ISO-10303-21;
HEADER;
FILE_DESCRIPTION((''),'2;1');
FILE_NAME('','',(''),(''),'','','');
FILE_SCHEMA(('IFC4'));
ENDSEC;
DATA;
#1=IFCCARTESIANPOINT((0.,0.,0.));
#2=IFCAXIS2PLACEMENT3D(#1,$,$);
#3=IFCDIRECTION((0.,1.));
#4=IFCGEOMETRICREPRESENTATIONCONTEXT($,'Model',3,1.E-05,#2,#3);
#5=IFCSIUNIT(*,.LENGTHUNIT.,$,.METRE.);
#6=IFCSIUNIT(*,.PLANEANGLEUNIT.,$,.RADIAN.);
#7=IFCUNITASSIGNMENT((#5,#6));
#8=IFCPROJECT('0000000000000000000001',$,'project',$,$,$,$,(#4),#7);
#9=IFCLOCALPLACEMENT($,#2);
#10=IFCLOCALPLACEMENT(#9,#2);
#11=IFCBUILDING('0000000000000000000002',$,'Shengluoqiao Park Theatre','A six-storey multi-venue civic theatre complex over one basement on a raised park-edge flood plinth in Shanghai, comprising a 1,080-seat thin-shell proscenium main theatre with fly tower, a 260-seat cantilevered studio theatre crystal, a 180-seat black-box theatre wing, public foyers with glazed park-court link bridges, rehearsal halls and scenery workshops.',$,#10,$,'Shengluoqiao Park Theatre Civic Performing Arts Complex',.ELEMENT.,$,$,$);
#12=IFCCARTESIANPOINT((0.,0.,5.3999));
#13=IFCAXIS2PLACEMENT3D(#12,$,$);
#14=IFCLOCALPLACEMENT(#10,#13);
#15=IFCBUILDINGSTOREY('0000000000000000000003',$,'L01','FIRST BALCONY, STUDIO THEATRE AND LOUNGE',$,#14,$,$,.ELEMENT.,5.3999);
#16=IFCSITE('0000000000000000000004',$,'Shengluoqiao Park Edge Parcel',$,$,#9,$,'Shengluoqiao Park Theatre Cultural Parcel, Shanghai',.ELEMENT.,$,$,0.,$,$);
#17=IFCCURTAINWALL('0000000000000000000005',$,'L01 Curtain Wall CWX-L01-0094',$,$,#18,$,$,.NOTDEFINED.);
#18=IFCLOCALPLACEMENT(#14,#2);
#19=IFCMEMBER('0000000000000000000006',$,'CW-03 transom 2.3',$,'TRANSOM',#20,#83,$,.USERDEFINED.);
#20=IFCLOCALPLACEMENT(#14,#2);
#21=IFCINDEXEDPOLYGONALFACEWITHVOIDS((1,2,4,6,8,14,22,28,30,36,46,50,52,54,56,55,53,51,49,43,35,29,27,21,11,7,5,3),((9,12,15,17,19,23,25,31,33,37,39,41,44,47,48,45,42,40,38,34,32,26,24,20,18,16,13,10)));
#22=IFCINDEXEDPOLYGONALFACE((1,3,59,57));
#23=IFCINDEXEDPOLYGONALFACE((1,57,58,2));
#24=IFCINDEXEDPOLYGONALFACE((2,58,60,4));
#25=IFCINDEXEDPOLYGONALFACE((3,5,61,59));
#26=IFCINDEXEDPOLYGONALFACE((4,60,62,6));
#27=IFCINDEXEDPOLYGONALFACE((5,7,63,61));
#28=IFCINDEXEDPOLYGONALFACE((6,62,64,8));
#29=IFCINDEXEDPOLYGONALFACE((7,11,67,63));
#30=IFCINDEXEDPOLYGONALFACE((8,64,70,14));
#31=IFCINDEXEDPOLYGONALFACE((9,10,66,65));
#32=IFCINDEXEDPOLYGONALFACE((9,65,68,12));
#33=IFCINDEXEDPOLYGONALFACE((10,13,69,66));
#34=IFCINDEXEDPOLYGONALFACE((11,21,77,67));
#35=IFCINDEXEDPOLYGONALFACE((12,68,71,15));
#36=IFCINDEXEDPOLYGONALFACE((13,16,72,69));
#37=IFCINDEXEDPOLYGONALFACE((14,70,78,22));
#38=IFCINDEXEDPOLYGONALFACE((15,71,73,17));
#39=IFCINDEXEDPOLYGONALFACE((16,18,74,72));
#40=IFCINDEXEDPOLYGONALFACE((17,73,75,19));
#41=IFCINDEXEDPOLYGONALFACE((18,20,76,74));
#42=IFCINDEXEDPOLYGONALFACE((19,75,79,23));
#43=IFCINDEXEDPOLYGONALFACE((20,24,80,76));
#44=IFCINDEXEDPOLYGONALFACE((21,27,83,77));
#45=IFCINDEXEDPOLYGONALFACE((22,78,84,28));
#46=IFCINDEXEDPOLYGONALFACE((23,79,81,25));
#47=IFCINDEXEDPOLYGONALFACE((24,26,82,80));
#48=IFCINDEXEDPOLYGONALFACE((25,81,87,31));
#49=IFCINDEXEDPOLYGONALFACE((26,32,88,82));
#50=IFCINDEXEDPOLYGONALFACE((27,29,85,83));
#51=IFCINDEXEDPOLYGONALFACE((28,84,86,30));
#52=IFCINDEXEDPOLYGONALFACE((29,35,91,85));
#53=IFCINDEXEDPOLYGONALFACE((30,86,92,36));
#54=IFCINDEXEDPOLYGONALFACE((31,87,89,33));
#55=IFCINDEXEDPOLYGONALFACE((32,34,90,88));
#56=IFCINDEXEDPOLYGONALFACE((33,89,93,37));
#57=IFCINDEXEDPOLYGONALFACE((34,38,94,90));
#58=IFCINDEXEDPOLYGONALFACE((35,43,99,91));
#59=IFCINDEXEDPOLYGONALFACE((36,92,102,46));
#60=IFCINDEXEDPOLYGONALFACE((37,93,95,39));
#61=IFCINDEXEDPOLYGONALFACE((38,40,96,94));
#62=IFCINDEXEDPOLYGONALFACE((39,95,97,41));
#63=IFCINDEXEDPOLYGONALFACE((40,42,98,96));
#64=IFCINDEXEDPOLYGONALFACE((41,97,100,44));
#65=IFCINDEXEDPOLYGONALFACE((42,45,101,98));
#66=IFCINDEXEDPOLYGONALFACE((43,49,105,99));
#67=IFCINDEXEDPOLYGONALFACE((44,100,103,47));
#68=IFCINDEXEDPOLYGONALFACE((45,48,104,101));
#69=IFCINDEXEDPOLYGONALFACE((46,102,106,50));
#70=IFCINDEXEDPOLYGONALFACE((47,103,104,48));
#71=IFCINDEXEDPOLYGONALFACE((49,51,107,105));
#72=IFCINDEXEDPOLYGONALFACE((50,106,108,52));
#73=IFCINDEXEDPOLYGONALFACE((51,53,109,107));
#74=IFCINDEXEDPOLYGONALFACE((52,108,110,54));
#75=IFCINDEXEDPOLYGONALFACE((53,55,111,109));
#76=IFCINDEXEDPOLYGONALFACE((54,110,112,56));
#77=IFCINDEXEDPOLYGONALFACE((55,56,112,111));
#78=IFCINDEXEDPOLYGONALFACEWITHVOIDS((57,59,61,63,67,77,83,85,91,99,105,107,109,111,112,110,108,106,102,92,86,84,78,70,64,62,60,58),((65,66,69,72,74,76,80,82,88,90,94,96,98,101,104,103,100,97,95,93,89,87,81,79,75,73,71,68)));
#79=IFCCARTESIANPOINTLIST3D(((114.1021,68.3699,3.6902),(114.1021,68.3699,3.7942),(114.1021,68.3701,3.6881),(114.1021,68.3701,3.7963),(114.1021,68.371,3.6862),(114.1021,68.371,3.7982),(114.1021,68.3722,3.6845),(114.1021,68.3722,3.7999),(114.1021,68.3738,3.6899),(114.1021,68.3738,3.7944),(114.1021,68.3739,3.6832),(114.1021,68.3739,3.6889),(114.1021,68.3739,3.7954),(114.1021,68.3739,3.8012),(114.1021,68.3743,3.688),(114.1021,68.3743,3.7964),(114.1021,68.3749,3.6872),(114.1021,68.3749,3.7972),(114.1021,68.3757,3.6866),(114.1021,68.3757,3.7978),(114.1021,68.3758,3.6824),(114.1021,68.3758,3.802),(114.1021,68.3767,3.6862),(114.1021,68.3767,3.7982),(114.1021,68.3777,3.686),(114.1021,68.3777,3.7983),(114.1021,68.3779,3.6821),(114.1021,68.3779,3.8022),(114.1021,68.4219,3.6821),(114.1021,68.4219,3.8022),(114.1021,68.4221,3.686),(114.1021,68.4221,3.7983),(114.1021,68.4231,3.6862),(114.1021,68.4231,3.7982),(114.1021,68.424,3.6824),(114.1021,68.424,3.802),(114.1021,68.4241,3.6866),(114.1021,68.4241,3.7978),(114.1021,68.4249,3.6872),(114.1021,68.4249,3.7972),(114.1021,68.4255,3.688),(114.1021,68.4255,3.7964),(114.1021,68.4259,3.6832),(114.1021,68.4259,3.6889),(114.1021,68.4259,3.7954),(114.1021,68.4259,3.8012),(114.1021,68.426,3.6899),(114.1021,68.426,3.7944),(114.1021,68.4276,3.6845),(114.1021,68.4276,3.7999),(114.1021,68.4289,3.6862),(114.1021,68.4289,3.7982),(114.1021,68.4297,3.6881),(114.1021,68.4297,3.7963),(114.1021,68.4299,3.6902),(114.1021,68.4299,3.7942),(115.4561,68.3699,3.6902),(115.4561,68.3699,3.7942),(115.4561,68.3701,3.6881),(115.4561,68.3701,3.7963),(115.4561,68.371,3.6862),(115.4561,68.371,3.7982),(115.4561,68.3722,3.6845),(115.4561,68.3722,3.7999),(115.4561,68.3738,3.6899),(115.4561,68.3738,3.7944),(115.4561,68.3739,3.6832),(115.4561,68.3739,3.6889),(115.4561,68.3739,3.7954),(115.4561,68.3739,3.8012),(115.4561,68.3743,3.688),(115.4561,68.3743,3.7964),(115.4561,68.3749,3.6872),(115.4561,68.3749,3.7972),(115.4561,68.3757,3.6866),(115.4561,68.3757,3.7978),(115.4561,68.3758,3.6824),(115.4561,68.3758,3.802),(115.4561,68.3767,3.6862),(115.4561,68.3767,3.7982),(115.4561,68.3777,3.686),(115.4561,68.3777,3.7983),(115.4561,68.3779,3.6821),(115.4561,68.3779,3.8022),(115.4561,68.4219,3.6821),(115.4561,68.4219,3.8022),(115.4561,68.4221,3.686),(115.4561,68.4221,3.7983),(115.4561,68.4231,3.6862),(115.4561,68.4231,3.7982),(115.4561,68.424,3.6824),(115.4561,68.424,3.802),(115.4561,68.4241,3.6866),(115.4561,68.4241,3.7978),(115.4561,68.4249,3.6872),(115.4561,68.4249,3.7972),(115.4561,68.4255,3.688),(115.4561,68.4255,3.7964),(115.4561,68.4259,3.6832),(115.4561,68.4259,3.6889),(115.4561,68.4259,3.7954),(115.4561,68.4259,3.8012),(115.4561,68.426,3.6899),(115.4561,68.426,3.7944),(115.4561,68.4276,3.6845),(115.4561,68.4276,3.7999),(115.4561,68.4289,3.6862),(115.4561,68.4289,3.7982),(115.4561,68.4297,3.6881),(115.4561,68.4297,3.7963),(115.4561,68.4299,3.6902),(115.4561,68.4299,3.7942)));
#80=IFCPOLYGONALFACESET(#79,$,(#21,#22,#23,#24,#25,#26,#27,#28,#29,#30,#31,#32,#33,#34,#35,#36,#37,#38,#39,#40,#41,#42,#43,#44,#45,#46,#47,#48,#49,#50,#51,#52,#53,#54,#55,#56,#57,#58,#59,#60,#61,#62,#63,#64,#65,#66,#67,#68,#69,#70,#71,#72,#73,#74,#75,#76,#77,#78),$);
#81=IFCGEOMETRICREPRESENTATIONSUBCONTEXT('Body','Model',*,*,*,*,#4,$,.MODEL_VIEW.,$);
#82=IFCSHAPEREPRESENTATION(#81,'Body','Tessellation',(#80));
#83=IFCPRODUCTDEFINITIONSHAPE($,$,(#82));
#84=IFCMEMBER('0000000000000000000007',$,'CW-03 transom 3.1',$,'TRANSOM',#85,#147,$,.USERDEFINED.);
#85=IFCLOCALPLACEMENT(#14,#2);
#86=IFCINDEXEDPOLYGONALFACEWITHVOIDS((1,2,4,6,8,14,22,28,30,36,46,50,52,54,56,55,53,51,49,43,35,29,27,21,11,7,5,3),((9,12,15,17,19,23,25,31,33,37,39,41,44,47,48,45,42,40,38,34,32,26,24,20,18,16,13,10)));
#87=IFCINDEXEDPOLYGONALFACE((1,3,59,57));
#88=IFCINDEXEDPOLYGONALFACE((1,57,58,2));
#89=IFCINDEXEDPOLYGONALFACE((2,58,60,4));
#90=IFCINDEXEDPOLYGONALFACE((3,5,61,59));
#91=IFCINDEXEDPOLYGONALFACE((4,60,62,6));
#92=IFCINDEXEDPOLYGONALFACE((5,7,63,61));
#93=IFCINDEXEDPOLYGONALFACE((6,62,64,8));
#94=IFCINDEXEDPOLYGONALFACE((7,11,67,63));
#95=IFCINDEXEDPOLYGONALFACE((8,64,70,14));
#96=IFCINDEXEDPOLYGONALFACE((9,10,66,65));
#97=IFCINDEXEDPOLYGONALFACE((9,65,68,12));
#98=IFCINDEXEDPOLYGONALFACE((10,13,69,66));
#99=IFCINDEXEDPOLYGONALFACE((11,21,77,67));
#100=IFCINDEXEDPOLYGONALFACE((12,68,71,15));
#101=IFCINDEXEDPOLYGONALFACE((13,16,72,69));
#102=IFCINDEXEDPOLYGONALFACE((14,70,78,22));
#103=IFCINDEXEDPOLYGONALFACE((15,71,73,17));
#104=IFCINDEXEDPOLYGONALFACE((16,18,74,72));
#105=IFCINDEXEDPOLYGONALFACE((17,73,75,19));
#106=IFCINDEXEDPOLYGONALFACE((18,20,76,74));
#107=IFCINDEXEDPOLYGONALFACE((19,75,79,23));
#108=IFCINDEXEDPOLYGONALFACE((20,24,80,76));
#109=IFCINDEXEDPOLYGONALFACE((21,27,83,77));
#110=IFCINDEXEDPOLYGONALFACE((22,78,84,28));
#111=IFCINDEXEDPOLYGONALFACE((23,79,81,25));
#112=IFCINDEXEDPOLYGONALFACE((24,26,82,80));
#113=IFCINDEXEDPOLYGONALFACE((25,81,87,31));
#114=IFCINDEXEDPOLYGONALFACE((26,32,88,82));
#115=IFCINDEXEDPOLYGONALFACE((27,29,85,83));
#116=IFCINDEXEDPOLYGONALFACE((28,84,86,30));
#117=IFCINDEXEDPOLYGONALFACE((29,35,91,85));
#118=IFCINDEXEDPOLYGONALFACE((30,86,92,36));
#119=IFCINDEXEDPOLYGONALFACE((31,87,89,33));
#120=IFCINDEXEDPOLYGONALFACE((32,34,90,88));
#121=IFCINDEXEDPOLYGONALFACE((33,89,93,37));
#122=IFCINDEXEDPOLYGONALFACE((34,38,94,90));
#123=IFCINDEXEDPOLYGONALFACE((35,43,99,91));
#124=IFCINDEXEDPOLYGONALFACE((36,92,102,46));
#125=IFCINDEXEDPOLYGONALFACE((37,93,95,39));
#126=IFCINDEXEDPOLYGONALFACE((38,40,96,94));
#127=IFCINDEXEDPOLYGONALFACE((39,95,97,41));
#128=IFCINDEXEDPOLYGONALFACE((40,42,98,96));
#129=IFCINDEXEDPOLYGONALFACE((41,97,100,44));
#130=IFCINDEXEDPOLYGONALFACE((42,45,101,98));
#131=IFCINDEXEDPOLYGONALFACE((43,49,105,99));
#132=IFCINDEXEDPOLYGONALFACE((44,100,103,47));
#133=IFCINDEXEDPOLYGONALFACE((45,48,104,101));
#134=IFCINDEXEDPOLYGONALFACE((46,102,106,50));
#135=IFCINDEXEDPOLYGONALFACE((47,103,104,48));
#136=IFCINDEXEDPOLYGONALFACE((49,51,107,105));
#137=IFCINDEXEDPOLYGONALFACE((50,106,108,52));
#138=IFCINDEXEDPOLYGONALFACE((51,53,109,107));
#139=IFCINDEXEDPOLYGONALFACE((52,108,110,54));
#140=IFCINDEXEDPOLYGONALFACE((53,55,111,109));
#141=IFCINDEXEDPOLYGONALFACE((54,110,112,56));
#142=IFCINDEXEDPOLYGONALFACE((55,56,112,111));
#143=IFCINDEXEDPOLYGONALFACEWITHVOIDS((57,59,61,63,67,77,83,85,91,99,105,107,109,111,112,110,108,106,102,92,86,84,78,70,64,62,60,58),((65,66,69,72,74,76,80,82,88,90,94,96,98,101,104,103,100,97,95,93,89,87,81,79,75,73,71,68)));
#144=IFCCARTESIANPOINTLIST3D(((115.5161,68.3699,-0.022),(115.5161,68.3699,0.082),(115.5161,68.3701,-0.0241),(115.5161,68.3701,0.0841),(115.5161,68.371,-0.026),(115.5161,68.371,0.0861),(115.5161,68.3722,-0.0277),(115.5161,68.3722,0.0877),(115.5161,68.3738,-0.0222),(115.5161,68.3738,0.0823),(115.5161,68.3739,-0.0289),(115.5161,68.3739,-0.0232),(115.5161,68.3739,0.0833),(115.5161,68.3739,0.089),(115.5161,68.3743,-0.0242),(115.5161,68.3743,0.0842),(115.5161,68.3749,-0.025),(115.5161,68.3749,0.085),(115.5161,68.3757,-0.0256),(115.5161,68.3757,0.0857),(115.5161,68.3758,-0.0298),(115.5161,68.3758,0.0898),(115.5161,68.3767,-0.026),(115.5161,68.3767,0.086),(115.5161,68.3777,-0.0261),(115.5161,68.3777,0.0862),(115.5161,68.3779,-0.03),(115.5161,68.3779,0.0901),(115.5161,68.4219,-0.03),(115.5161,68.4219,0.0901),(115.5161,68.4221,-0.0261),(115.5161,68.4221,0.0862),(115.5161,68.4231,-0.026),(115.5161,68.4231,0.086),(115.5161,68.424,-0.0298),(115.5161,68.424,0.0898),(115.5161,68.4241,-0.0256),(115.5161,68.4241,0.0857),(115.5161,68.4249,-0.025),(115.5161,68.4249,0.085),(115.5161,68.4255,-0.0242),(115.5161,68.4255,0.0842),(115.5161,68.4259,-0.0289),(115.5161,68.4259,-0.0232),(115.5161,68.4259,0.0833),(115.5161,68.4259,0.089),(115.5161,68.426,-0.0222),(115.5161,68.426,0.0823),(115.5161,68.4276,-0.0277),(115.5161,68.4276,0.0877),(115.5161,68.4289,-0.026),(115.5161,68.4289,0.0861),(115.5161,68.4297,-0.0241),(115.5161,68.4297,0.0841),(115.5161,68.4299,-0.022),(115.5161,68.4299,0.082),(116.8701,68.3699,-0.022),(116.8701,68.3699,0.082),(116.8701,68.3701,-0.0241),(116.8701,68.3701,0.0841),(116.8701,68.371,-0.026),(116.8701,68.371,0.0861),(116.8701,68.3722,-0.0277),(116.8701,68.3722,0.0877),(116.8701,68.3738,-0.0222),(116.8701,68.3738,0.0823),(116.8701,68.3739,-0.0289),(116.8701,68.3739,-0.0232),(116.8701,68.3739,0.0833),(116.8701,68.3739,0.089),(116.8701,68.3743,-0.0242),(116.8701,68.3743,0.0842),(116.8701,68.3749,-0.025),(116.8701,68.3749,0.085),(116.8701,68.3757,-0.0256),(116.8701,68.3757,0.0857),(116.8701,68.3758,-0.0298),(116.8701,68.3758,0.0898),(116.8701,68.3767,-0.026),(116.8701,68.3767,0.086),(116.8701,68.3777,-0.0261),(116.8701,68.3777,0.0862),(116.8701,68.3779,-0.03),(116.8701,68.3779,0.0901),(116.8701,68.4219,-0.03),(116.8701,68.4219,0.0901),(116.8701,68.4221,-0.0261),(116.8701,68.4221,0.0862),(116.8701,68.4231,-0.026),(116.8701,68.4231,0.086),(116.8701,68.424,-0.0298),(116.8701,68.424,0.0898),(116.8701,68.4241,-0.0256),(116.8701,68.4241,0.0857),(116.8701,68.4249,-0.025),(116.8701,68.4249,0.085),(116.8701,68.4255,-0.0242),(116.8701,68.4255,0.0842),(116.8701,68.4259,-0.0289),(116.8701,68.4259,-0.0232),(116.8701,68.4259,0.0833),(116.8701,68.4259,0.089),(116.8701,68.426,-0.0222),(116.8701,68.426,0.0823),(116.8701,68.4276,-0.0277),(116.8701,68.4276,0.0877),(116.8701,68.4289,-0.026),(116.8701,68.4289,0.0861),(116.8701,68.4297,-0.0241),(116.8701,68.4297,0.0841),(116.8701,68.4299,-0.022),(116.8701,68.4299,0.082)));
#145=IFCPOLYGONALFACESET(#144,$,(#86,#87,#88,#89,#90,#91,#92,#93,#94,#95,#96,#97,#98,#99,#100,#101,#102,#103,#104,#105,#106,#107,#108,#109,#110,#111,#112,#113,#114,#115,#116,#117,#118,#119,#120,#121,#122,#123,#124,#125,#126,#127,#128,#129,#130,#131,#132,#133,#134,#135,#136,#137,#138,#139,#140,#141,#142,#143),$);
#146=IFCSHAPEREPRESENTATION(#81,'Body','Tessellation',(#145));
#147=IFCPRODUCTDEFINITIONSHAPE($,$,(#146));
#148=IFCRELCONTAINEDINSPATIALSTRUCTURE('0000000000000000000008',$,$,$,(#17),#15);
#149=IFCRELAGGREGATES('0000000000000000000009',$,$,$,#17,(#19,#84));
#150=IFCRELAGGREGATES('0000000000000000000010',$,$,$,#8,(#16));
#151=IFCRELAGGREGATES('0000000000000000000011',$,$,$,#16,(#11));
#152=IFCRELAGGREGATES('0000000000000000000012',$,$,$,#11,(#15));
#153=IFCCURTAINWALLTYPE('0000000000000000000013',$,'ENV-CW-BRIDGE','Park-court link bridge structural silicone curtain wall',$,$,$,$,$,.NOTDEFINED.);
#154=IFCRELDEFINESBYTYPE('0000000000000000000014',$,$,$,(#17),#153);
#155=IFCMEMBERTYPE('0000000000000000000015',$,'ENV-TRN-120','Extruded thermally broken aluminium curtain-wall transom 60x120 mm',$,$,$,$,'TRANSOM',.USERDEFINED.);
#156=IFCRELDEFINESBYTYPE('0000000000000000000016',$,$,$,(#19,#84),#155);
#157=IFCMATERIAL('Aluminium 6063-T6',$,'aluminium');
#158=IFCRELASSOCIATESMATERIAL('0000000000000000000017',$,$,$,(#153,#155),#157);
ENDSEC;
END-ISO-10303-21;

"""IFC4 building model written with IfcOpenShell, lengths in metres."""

from ifc_helpers import new_model, si_unit, direction, frame, origin, origin_2d, place, context, subcontext, project, spatial, hollow_rectangle, extrude, material, material_profile, profile_set, type_object, element, aggregate, save


model = new_model("IFC4")

# Units and contexts
model_context = context("Model", 3, precision=1e-05, world=origin(), true_north=direction((0.0, 1.0)))
body_context = subcontext(model_context, "Body", "Model", "MODEL_VIEW")
ifc_project = project(units=[si_unit("LENGTHUNIT", "METRE"), si_unit("PLANEANGLEUNIT", "RADIAN")], contexts=[model_context])

# Site, building, storey
site_placement = place(None, origin())
site = spatial("IfcSite", under=ifc_project, at=site_placement, Name="Shengluoqiao Park Edge Parcel", LongName="Shengluoqiao Park Theatre Cultural Parcel, Shanghai", CompositionType="ELEMENT", RefElevation=0.0)
building_placement = place(site_placement, origin())
building = spatial("IfcBuilding", under=site, at=building_placement, Name="Shengluoqiao Park Theatre", Description="A six-storey multi-venue civic theatre complex over one basement on a raised park-edge flood plinth in Shanghai, comprising a 1,080-seat thin-shell proscenium main theatre with fly tower, a 260-seat cantilevered studio theatre crystal, a 180-seat black-box theatre wing, public foyers with glazed park-court link bridges, rehearsal halls and scenery workshops.", LongName="Shengluoqiao Park Theatre Civic Performing Arts Complex", CompositionType="ELEMENT")
storey_placement = place(building_placement, frame((0.0, 0.0, 5.3999)))
storey = spatial("IfcBuildingStorey", under=building, at=storey_placement, Name="L01", Description="FIRST BALCONY, STUDIO THEATRE AND LOUNGE", CompositionType="ELEMENT", Elevation=5.3999)

# Curtain wall, members
ifc_material_1 = material(Name="Aluminium 6063-T6", Category="aluminium")
curtain_wall_type = type_object("IfcCurtainWallType", Name="ENV-CW-BRIDGE", Description="Park-court link bridge structural silicone curtain wall", PredefinedType="NOTDEFINED", material=ifc_material_1)
curtain_wall_placement = place(storey_placement, origin())
curtain_wall = element("IfcCurtainWall", 1, at=curtain_wall_placement, inside=storey, type_object=curtain_wall_type, Name="L01 Curtain Wall CWX-L01-0094", PredefinedType="NOTDEFINED")
ifc_material_profile_1 = material_profile(ifc_material_1, hollow_rectangle(XDim=0.0601, YDim=0.1201, WallThickness=0.0039, InnerFilletRadius=0.0039, OuterFilletRadius=0.0081, at=origin_2d()), Name="ALU TRANSOM 120x60x4")
ifc_profile_set_1 = profile_set([ifc_material_profile_1], Name="Aluminium 6063-T6")
member_type_1 = type_object("IfcMemberType", Name="ENV-TRN-120", Description="Extruded thermally broken aluminium curtain-wall transom 60x120 mm", ElementType="TRANSOM", PredefinedType="USERDEFINED", material=ifc_profile_set_1)
member_1_placement = place(storey_placement, frame((114.1021, 68.3999, 3.7422), z_axis=(1.0, 0.0, 0.0), x_axis=(0.0, 1.0, 0.0)))
member_1 = element("IfcMember", 2, at=member_1_placement, type_object=member_type_1, Name="CW-03 transom 2.3", ObjectType="TRANSOM", PredefinedType="USERDEFINED", context=body_context, shape_type="SweptSolid", body=[
    extrude(hollow_rectangle(XDim=0.0601, YDim=0.1201, WallThickness=0.0039, InnerFilletRadius=0.0039, OuterFilletRadius=0.0081, at=origin_2d()), origin(), (0.0, 0.0, 1.0), 1.354),
])
member_2_placement = place(storey_placement, frame((115.5161, 68.3999, 0.03), z_axis=(1.0, 0.0, 0.0), x_axis=(0.0, 1.0, 0.0)))
member_2 = element("IfcMember", 3, at=member_2_placement, type_object=member_type_1, Name="CW-03 transom 3.1", ObjectType="TRANSOM", PredefinedType="USERDEFINED", context=body_context, shape_type="SweptSolid", body=[
    extrude(hollow_rectangle(XDim=0.0601, YDim=0.1201, WallThickness=0.0039, InnerFilletRadius=0.0039, OuterFilletRadius=0.0081, at=origin_2d()), origin(), (0.0, 0.0, 1.0), 1.354),
])

aggregate(curtain_wall, [member_1, member_2])

save(model, "model.ifc")
